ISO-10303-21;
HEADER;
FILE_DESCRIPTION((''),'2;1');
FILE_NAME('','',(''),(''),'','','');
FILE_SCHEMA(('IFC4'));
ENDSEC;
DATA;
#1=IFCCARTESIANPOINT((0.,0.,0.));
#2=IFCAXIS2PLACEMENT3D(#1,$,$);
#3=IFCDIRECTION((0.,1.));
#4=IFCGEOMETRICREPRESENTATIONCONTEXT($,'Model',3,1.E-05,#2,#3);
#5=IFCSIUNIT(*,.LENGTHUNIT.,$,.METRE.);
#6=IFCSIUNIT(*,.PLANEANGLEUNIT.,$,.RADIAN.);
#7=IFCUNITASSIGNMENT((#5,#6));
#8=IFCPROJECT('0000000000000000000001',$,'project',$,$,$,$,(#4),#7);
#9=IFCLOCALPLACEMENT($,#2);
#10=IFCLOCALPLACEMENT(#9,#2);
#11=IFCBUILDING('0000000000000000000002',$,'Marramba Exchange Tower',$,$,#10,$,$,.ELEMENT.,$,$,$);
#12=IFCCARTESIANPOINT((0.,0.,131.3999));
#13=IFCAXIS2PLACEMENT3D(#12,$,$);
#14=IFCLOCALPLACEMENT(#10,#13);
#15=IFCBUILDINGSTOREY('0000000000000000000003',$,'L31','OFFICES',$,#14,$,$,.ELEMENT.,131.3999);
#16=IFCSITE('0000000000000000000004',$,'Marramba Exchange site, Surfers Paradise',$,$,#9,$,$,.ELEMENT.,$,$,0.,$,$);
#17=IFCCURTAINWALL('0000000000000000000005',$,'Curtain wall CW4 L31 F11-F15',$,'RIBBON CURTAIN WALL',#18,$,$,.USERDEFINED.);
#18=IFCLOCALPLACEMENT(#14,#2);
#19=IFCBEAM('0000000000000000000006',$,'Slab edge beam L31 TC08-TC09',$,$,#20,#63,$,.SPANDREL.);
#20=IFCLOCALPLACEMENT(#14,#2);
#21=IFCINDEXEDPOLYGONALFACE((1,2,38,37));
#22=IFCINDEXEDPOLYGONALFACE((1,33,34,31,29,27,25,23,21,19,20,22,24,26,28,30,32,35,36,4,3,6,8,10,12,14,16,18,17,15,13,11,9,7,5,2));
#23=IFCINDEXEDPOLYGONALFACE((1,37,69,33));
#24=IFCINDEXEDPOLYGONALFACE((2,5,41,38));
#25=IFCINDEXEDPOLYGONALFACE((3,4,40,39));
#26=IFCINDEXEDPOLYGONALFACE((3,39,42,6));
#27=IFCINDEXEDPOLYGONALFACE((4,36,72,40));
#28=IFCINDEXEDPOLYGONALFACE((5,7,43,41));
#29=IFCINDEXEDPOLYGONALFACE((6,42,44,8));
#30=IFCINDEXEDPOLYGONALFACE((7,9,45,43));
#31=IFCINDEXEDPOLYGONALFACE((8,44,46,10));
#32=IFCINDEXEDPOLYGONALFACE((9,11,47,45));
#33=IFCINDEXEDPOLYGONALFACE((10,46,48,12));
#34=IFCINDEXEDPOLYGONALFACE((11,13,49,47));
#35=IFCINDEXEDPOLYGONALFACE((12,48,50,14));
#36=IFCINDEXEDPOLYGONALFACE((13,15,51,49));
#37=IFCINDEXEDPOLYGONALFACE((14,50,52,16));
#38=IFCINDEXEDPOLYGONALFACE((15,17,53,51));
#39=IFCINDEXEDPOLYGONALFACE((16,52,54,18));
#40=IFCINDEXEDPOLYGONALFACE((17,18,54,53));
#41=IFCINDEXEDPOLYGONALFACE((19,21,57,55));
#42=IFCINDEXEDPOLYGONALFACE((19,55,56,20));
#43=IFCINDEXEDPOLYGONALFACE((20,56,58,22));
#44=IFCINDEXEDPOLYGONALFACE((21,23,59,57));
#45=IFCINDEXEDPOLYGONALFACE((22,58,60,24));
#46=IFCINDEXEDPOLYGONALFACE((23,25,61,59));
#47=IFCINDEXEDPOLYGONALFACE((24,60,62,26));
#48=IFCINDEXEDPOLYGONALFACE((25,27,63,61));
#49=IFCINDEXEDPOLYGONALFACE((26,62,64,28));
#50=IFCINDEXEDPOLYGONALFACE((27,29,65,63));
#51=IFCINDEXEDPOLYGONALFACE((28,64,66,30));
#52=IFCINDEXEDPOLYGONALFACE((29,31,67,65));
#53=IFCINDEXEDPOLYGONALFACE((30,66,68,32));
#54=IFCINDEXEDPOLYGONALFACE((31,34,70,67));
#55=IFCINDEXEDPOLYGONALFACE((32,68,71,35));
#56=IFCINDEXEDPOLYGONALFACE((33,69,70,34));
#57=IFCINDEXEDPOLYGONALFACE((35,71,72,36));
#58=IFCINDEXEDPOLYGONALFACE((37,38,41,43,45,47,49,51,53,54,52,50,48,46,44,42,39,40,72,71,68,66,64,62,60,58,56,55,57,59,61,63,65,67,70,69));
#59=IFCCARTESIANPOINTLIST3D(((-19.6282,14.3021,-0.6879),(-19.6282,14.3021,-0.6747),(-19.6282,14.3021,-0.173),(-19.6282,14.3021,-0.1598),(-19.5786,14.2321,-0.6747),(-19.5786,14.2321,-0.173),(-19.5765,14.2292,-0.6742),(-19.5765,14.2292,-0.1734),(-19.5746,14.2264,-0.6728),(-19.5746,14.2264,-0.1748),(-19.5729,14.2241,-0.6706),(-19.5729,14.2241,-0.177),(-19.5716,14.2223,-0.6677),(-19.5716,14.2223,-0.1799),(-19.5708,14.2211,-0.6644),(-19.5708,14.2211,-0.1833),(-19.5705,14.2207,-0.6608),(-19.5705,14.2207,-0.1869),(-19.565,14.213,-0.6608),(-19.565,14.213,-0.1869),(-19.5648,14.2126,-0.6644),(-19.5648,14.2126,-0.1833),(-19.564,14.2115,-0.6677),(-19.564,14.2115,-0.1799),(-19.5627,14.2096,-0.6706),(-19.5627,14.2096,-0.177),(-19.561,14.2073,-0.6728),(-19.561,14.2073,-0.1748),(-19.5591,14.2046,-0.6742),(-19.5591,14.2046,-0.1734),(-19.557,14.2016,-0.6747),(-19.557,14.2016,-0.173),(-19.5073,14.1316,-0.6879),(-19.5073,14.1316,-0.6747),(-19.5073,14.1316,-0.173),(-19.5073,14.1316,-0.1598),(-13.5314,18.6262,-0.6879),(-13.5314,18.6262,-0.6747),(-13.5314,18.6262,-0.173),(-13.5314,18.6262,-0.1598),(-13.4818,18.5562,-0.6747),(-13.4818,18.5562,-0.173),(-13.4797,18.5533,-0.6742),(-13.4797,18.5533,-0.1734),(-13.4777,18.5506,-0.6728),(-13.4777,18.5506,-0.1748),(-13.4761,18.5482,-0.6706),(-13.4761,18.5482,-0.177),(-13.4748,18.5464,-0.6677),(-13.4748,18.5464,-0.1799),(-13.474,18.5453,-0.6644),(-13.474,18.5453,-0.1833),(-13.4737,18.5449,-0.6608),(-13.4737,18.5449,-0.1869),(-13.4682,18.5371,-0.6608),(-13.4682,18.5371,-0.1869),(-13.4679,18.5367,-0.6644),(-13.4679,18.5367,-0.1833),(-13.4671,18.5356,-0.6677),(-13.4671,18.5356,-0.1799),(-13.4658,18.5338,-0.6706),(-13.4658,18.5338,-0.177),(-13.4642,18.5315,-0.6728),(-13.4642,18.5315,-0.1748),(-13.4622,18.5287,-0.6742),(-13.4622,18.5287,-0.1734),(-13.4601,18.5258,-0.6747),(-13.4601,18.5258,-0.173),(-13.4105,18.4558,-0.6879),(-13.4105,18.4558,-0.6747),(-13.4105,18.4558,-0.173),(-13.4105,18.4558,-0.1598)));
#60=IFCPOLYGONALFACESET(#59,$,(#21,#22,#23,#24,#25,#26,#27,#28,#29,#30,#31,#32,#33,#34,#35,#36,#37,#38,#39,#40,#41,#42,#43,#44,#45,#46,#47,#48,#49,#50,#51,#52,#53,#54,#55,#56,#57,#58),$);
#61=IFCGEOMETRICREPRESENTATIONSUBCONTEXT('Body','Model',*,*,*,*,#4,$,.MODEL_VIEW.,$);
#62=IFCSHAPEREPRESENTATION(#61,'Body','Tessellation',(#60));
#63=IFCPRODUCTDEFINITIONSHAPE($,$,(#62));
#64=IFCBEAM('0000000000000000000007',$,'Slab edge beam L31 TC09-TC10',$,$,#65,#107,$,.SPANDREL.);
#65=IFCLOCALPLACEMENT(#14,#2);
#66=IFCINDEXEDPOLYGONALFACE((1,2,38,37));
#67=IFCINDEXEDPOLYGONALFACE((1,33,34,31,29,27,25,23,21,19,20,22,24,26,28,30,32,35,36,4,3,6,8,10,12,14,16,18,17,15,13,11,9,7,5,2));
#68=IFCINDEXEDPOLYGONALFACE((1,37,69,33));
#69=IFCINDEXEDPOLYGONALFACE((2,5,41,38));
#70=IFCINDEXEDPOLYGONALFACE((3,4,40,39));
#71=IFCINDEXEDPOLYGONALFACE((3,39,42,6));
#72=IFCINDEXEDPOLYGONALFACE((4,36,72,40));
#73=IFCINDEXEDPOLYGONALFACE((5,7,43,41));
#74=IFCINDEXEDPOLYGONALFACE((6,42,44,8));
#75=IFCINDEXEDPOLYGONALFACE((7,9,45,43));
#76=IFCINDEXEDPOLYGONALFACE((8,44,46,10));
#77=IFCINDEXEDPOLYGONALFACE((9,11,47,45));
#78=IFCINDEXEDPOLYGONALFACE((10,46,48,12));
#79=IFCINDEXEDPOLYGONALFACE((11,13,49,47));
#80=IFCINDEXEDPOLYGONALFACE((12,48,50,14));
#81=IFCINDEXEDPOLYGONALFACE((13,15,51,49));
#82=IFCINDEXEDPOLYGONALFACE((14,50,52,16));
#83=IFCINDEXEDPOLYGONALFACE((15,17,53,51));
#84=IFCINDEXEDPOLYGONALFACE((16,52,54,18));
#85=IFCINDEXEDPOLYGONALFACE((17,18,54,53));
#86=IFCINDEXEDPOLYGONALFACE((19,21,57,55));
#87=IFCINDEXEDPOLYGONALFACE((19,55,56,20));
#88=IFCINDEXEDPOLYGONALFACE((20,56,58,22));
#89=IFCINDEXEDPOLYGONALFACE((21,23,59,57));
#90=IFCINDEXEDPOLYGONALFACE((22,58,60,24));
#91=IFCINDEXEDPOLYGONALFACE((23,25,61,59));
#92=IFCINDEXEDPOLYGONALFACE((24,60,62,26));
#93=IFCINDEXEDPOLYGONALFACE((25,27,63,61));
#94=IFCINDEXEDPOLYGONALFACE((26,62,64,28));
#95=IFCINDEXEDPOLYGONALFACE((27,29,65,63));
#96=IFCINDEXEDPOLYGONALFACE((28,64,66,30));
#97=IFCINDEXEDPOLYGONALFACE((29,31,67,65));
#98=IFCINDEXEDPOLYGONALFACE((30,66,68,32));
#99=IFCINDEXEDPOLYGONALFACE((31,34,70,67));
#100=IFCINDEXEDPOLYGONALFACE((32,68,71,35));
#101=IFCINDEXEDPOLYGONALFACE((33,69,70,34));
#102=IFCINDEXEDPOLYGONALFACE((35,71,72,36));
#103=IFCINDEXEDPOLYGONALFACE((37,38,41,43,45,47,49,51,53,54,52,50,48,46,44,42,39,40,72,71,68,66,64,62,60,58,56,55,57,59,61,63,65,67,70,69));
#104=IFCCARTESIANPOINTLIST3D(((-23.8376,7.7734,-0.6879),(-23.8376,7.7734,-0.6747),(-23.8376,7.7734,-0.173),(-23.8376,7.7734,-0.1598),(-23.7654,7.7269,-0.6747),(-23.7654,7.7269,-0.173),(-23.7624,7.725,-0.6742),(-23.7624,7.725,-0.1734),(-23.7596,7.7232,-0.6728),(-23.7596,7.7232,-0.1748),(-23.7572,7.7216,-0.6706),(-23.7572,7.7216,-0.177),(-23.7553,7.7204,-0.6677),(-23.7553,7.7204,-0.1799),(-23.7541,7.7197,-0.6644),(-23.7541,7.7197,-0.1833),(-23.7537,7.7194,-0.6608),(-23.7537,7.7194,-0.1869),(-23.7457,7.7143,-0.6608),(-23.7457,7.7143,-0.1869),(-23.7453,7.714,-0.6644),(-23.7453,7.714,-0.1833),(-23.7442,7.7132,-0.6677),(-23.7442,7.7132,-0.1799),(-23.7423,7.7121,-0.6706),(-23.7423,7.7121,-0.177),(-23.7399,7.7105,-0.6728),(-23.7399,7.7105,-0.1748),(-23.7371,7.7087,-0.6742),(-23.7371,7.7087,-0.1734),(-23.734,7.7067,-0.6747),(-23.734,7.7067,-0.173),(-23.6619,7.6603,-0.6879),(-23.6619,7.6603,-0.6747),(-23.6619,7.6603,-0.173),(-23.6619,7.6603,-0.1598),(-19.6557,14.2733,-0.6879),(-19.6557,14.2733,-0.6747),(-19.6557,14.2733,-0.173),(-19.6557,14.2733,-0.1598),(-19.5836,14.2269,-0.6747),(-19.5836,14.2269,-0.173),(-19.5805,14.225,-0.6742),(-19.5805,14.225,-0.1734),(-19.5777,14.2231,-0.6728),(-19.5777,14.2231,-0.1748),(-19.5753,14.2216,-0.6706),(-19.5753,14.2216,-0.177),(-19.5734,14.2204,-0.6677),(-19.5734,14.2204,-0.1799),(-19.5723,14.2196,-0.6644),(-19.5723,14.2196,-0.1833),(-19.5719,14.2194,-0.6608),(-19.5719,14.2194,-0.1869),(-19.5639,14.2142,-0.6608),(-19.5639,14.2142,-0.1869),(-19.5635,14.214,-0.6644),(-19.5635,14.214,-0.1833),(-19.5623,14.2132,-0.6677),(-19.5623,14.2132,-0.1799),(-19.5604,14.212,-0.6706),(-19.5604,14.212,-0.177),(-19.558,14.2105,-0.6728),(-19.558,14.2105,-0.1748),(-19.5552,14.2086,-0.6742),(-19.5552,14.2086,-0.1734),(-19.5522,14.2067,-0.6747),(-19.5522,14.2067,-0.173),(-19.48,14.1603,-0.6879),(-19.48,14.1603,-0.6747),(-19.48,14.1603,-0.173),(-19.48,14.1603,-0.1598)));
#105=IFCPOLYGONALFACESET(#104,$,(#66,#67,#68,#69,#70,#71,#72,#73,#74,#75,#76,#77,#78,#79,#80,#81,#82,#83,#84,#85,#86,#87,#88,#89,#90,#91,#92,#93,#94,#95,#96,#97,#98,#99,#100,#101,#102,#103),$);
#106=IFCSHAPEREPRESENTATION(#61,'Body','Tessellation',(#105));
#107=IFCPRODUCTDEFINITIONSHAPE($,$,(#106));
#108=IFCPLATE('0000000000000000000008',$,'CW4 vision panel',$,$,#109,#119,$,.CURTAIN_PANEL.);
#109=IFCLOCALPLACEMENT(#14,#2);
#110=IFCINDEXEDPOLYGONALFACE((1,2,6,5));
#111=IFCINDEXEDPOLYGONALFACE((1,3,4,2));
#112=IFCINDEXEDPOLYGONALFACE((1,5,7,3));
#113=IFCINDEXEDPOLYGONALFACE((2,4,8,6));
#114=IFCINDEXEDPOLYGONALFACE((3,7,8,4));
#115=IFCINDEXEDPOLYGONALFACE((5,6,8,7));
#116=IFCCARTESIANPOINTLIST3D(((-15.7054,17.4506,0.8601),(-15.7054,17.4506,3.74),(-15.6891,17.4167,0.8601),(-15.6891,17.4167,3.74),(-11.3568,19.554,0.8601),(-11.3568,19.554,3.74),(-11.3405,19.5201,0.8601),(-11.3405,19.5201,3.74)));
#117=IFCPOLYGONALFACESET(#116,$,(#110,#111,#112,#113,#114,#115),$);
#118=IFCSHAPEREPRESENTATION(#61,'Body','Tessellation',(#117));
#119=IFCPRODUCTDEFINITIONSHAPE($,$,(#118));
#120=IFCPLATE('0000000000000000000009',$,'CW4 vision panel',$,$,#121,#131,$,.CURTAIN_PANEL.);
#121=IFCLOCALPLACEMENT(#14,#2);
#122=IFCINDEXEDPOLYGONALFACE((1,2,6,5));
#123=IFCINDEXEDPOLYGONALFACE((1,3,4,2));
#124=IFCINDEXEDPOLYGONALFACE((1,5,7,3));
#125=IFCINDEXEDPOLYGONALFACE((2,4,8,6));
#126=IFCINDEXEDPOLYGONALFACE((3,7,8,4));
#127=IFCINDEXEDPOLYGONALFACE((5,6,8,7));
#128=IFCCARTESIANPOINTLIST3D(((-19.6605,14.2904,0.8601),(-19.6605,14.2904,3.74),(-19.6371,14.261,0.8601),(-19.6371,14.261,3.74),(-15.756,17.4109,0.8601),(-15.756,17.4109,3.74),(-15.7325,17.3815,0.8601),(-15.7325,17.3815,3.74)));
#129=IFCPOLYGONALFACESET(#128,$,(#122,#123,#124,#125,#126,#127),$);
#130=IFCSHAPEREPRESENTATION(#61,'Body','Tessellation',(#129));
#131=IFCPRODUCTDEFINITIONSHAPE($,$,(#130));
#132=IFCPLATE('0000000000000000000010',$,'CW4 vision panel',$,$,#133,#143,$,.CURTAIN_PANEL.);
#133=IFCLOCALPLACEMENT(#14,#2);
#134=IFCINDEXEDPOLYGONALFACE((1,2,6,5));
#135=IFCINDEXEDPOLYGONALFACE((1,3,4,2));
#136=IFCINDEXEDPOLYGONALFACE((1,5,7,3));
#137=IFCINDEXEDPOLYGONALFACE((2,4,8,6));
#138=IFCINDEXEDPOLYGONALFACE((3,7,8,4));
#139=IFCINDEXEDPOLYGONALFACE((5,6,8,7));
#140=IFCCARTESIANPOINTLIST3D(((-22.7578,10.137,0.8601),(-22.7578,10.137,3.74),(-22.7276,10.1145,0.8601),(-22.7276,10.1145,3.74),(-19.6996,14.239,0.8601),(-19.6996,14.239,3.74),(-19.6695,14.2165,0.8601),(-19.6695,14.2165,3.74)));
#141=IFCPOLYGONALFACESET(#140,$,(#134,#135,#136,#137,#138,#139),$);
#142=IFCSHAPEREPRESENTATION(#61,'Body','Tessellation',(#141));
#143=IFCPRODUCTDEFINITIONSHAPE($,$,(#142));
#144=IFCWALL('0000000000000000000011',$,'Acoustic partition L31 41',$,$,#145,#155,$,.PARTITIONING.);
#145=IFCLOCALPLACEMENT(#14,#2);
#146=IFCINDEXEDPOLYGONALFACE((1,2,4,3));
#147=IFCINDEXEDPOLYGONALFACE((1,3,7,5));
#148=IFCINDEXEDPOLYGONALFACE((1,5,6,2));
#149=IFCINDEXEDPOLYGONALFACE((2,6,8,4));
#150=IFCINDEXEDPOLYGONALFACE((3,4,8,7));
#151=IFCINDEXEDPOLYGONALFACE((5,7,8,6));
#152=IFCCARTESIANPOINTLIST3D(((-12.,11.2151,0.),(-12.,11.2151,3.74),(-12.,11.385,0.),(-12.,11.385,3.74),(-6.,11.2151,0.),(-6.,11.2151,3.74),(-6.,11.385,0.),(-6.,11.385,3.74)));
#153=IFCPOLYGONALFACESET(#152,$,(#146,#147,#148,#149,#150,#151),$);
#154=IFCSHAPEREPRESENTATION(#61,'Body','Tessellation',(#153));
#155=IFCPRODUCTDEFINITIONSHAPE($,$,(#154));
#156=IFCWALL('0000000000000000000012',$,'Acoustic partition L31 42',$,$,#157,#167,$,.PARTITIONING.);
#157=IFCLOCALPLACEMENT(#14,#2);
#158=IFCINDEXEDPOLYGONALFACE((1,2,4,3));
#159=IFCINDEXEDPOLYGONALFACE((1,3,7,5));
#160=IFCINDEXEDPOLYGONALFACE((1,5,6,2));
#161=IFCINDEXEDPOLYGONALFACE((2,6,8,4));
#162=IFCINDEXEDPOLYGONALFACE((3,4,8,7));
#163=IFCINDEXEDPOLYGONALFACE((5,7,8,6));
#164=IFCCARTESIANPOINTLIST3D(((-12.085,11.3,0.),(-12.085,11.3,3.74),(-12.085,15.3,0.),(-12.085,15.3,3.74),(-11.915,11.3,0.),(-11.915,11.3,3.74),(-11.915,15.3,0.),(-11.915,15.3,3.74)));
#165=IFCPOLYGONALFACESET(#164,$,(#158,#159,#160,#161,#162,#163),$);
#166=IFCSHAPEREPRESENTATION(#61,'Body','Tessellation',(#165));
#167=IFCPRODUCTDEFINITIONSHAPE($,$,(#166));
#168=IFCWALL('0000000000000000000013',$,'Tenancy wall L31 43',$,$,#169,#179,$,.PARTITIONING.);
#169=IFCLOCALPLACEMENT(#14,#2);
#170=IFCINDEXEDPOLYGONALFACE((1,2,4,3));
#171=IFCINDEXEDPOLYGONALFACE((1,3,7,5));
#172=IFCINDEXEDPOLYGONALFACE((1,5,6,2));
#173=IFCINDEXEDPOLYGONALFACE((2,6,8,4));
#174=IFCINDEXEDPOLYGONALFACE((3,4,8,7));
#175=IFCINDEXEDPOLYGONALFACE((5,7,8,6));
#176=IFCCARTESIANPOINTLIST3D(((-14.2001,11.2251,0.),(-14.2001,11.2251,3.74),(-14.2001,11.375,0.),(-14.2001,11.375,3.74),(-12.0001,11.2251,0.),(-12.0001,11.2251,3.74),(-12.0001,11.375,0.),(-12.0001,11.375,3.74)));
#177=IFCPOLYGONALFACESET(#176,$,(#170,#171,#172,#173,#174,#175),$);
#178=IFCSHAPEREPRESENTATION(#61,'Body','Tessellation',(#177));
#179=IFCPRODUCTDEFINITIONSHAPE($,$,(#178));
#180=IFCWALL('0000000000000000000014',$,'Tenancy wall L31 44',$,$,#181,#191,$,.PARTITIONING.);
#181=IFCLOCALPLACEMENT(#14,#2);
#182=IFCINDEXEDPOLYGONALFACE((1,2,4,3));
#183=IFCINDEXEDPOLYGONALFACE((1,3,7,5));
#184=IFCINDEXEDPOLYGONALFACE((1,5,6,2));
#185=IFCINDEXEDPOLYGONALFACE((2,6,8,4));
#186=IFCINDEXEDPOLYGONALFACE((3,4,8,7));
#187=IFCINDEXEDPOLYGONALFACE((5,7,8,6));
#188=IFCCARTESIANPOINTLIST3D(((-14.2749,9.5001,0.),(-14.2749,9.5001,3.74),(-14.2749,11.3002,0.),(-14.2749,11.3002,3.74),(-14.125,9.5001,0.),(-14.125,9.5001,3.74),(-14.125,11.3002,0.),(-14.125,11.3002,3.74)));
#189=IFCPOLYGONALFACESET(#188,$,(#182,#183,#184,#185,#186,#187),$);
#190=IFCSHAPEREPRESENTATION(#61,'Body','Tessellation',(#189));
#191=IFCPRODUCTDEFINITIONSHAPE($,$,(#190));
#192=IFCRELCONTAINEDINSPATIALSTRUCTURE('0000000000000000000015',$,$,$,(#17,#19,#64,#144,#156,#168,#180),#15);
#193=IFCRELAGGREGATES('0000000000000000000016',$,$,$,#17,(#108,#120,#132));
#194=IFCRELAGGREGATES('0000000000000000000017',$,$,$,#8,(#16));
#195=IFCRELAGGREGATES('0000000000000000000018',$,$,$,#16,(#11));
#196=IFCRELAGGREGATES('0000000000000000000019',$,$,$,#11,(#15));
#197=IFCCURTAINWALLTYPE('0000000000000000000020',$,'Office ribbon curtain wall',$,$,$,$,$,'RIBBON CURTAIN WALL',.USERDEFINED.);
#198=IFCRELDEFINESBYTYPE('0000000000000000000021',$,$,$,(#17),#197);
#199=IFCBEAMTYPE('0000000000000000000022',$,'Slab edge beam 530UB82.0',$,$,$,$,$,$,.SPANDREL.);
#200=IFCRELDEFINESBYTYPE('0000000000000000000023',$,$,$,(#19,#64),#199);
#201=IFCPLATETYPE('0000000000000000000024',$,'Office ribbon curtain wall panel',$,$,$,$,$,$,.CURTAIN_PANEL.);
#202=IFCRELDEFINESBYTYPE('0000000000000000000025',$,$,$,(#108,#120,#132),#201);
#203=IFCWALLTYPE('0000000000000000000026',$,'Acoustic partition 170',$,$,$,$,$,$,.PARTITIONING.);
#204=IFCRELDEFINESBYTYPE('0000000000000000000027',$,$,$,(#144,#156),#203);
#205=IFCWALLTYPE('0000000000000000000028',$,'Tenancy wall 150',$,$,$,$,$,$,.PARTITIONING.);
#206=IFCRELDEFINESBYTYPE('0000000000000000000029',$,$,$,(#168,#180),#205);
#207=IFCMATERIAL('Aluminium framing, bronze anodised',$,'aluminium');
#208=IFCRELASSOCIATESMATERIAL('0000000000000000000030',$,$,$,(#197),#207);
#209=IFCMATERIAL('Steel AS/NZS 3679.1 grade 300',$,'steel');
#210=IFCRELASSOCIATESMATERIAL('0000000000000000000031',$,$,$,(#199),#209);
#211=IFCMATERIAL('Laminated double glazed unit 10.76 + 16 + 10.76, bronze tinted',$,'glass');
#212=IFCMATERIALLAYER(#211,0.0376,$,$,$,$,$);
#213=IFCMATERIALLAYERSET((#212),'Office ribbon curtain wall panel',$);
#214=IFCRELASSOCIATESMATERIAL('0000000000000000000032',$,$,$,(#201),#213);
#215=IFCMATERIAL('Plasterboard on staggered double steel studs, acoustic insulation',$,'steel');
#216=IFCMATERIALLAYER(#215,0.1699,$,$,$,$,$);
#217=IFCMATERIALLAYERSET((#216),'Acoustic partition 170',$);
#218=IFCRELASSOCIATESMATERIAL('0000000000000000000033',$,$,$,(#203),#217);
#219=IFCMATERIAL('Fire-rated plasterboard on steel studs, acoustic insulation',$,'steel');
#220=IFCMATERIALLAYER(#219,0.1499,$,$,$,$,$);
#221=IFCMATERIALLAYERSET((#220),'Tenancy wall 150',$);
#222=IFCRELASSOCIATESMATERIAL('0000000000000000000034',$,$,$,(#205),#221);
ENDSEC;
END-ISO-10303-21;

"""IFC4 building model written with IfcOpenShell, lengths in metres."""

from ifc_helpers import new_model, si_unit, direction, frame, frame_2d, origin, origin_2d, place, context, subcontext, project, spatial, rectangle, i_section, extrude, material, layer, layer_set, material_profile, profile_set, type_object, element, aggregate, save


model = new_model("IFC4")

# Units and contexts
model_context = context("Model", 3, precision=1e-05, world=origin(), true_north=direction((0.0, 1.0)))
body_context = subcontext(model_context, "Body", "Model", "MODEL_VIEW")
ifc_project = project(units=[si_unit("LENGTHUNIT", "METRE"), si_unit("PLANEANGLEUNIT", "RADIAN")], contexts=[model_context])

# Site, building, storey
site_placement = place(None, origin())
site = spatial("IfcSite", under=ifc_project, at=site_placement, Name="Marramba Exchange site, Surfers Paradise", CompositionType="ELEMENT", RefElevation=0.0)
building_placement = place(site_placement, origin())
building = spatial("IfcBuilding", under=site, at=building_placement, Name="Marramba Exchange Tower", CompositionType="ELEMENT")
storey_placement = place(building_placement, frame((0.0, 0.0, 131.3999)))
storey = spatial("IfcBuildingStorey", under=building, at=storey_placement, Name="L31", Description="OFFICES", CompositionType="ELEMENT", Elevation=131.3999)

# Shared definitions
ifc_material_1 = material(Name="Steel AS/NZS 3679.1 grade 300", Category="steel")

# Curtain wall
ifc_material_2 = material(Name="Aluminium framing, bronze anodised", Category="aluminium")
curtain_wall_type = type_object("IfcCurtainWallType", Name="Office ribbon curtain wall", ElementType="RIBBON CURTAIN WALL", PredefinedType="USERDEFINED", material=ifc_material_2)
curtain_wall_placement = place(storey_placement, origin())
curtain_wall = element("IfcCurtainWall", 1, at=curtain_wall_placement, inside=storey, type_object=curtain_wall_type, Name="Curtain wall CW4 L31 F11-F15", ObjectType="RIBBON CURTAIN WALL", PredefinedType="USERDEFINED")

# Beams
ifc_material_profile_1 = material_profile(ifc_material_1, i_section(OverallWidth=0.209, OverallDepth=0.5281, WebThickness=0.0095, FlangeThickness=0.0132, FilletRadius=0.0139, at=origin_2d()), Name="530UB82.0")
ifc_profile_set_1 = profile_set([ifc_material_profile_1], Name="Steel AS/NZS 3679.1 grade 300")
beam_type_1 = type_object("IfcBeamType", Name="Slab edge beam 530UB82.0", PredefinedType="SPANDREL", material=ifc_profile_set_1)
beam_1_placement = place(storey_placement, frame((-13.4709, 18.541, -0.4238), z_axis=(-0.815673, -0.578513, 0.0), x_axis=(0.578513, -0.815673, 0.0)))
element("IfcBeam", 2, at=beam_1_placement, inside=storey, type_object=beam_type_1, Name="Slab edge beam L31 TC08-TC09", PredefinedType="SPANDREL", context=body_context, shape_type="SweptSolid", body=[
    extrude(i_section(OverallWidth=0.209, OverallDepth=0.5281, WebThickness=0.0095, FlangeThickness=0.0132, FilletRadius=0.0139, at=origin_2d()), origin(), (0.0, 0.0, 1.0), 7.4746),
])
beam_2_placement = place(storey_placement, frame((-19.5679, 14.2168, -0.4238), z_axis=(-0.541061, -0.840983, 0.0), x_axis=(0.840983, -0.541061, 0.0)))
element("IfcBeam", 3, at=beam_2_placement, inside=storey, type_object=beam_type_1, Name="Slab edge beam L31 TC09-TC10", PredefinedType="SPANDREL", context=body_context, shape_type="SweptSolid", body=[
    extrude(i_section(OverallWidth=0.209, OverallDepth=0.5281, WebThickness=0.0095, FlangeThickness=0.0132, FilletRadius=0.0139, at=origin_2d()), origin(), (0.0, 0.0, 1.0), 7.729),
])

# Plates
ifc_material_3 = material(Name="Laminated double glazed unit 10.76 + 16 + 10.76, bronze tinted", Category="glass")
ifc_layer_1 = layer(ifc_material_3, 0.0376)
ifc_layer_set_1 = layer_set([ifc_layer_1], Name="Office ribbon curtain wall panel")
plate_type = type_object("IfcPlateType", Name="Office ribbon curtain wall panel", PredefinedType="CURTAIN_PANEL", material=ifc_layer_set_1)
plate_1_placement = place(storey_placement, frame((-13.5229, 18.4854, 0.8601), z_axis=(0.0, 0.0, 1.0), x_axis=(-0.900224, -0.435428, 0.0)))
plate_1 = element("IfcPlate", 4, at=plate_1_placement, type_object=plate_type, Name="CW4 vision panel", PredefinedType="CURTAIN_PANEL", context=body_context, shape_type="SweptSolid", body=[
    extrude(rectangle(XDim=4.8306, YDim=0.0376, at=origin_2d()), origin(), (0.0, 0.0, 1.0), 2.8799),
])
plate_2_placement = place(storey_placement, frame((-17.6965, 15.8359, 0.8601), z_axis=(0.0, 0.0, 1.0), x_axis=(-0.781178, -0.624308, 0.0)))
plate_2 = element("IfcPlate", 5, at=plate_2_placement, type_object=plate_type, Name="CW4 vision panel", PredefinedType="CURTAIN_PANEL", context=body_context, shape_type="SweptSolid", body=[
    extrude(rectangle(XDim=4.9983, YDim=0.0376, at=origin_2d()), origin(), (0.0, 0.0, 1.0), 2.8799),
])
plate_3_placement = place(storey_placement, frame((-21.2136, 12.1768, 0.8601), z_axis=(0.0, 0.0, 1.0), x_axis=(-0.597704, -0.801717, 0.0)))
plate_3 = element("IfcPlate", 6, at=plate_3_placement, type_object=plate_type, Name="CW4 vision panel", PredefinedType="CURTAIN_PANEL", context=body_context, shape_type="SweptSolid", body=[
    extrude(rectangle(XDim=5.1165, YDim=0.0376, at=origin_2d()), origin(), (0.0, 0.0, 1.0), 2.8799),
])
aggregate(curtain_wall, [plate_1, plate_2, plate_3])

# Walls
ifc_material_4 = material(Name="Plasterboard on staggered double steel studs, acoustic insulation", Category="steel")
ifc_layer_2 = layer(ifc_material_4, 0.1699)
ifc_layer_set_2 = layer_set([ifc_layer_2], Name="Acoustic partition 170")
wall_type_1 = type_object("IfcWallType", Name="Acoustic partition 170", PredefinedType="PARTITIONING", material=ifc_layer_set_2)
wall_1_placement = place(storey_placement, frame((-12.0, 11.3, 0.0), z_axis=(0.0, 0.0, 1.0), x_axis=(1.0, 0.0, 0.0)))
element("IfcWall", 7, at=wall_1_placement, inside=storey, type_object=wall_type_1, Name="Acoustic partition L31 41", PredefinedType="PARTITIONING", context=body_context, shape_type="SweptSolid", body=[
    extrude(rectangle(XDim=6.0, YDim=0.1699, at=frame_2d((3.0, 0.0))), origin(), (0.0, 0.0, 1.0), 3.74),
])
wall_2_placement = place(storey_placement, frame((-12.0, 15.3, 0.0), z_axis=(0.0, 0.0, 1.0), x_axis=(0.0, -1.0, 0.0)))
element("IfcWall", 8, at=wall_2_placement, inside=storey, type_object=wall_type_1, Name="Acoustic partition L31 42", PredefinedType="PARTITIONING", context=body_context, shape_type="SweptSolid", body=[
    extrude(rectangle(XDim=4.0, YDim=0.1699, at=frame_2d((2.0, 0.0))), origin(), (0.0, 0.0, 1.0), 3.74),
])
ifc_material_5 = material(Name="Fire-rated plasterboard on steel studs, acoustic insulation", Category="steel")
ifc_layer_3 = layer(ifc_material_5, 0.1499)
ifc_layer_set_3 = layer_set([ifc_layer_3], Name="Tenancy wall 150")
wall_type_2 = type_object("IfcWallType", Name="Tenancy wall 150", PredefinedType="PARTITIONING", material=ifc_layer_set_3)
wall_3_placement = place(storey_placement, frame((-12.0, 11.3, 0.0), z_axis=(0.0, 0.0, 1.0), x_axis=(-1.0, 0.0, 0.0)))
element("IfcWall", 9, at=wall_3_placement, inside=storey, type_object=wall_type_2, Name="Tenancy wall L31 43", PredefinedType="PARTITIONING", context=body_context, shape_type="SweptSolid", body=[
    extrude(rectangle(XDim=2.2, YDim=0.1499, at=frame_2d((1.1001, 0.0))), origin(), (0.0, 0.0, 1.0), 3.74),
])
wall_4_placement = place(storey_placement, frame((-14.2, 11.3, 0.0), z_axis=(0.0, 0.0, 1.0), x_axis=(0.0, -1.0, 0.0)))
element("IfcWall", 10, at=wall_4_placement, inside=storey, type_object=wall_type_2, Name="Tenancy wall L31 44", PredefinedType="PARTITIONING", context=body_context, shape_type="SweptSolid", body=[
    extrude(rectangle(XDim=1.8, YDim=0.1499, at=frame_2d((0.8999, 0.0))), origin(), (0.0, 0.0, 1.0), 3.74),
])

save(model, "model.ifc")
